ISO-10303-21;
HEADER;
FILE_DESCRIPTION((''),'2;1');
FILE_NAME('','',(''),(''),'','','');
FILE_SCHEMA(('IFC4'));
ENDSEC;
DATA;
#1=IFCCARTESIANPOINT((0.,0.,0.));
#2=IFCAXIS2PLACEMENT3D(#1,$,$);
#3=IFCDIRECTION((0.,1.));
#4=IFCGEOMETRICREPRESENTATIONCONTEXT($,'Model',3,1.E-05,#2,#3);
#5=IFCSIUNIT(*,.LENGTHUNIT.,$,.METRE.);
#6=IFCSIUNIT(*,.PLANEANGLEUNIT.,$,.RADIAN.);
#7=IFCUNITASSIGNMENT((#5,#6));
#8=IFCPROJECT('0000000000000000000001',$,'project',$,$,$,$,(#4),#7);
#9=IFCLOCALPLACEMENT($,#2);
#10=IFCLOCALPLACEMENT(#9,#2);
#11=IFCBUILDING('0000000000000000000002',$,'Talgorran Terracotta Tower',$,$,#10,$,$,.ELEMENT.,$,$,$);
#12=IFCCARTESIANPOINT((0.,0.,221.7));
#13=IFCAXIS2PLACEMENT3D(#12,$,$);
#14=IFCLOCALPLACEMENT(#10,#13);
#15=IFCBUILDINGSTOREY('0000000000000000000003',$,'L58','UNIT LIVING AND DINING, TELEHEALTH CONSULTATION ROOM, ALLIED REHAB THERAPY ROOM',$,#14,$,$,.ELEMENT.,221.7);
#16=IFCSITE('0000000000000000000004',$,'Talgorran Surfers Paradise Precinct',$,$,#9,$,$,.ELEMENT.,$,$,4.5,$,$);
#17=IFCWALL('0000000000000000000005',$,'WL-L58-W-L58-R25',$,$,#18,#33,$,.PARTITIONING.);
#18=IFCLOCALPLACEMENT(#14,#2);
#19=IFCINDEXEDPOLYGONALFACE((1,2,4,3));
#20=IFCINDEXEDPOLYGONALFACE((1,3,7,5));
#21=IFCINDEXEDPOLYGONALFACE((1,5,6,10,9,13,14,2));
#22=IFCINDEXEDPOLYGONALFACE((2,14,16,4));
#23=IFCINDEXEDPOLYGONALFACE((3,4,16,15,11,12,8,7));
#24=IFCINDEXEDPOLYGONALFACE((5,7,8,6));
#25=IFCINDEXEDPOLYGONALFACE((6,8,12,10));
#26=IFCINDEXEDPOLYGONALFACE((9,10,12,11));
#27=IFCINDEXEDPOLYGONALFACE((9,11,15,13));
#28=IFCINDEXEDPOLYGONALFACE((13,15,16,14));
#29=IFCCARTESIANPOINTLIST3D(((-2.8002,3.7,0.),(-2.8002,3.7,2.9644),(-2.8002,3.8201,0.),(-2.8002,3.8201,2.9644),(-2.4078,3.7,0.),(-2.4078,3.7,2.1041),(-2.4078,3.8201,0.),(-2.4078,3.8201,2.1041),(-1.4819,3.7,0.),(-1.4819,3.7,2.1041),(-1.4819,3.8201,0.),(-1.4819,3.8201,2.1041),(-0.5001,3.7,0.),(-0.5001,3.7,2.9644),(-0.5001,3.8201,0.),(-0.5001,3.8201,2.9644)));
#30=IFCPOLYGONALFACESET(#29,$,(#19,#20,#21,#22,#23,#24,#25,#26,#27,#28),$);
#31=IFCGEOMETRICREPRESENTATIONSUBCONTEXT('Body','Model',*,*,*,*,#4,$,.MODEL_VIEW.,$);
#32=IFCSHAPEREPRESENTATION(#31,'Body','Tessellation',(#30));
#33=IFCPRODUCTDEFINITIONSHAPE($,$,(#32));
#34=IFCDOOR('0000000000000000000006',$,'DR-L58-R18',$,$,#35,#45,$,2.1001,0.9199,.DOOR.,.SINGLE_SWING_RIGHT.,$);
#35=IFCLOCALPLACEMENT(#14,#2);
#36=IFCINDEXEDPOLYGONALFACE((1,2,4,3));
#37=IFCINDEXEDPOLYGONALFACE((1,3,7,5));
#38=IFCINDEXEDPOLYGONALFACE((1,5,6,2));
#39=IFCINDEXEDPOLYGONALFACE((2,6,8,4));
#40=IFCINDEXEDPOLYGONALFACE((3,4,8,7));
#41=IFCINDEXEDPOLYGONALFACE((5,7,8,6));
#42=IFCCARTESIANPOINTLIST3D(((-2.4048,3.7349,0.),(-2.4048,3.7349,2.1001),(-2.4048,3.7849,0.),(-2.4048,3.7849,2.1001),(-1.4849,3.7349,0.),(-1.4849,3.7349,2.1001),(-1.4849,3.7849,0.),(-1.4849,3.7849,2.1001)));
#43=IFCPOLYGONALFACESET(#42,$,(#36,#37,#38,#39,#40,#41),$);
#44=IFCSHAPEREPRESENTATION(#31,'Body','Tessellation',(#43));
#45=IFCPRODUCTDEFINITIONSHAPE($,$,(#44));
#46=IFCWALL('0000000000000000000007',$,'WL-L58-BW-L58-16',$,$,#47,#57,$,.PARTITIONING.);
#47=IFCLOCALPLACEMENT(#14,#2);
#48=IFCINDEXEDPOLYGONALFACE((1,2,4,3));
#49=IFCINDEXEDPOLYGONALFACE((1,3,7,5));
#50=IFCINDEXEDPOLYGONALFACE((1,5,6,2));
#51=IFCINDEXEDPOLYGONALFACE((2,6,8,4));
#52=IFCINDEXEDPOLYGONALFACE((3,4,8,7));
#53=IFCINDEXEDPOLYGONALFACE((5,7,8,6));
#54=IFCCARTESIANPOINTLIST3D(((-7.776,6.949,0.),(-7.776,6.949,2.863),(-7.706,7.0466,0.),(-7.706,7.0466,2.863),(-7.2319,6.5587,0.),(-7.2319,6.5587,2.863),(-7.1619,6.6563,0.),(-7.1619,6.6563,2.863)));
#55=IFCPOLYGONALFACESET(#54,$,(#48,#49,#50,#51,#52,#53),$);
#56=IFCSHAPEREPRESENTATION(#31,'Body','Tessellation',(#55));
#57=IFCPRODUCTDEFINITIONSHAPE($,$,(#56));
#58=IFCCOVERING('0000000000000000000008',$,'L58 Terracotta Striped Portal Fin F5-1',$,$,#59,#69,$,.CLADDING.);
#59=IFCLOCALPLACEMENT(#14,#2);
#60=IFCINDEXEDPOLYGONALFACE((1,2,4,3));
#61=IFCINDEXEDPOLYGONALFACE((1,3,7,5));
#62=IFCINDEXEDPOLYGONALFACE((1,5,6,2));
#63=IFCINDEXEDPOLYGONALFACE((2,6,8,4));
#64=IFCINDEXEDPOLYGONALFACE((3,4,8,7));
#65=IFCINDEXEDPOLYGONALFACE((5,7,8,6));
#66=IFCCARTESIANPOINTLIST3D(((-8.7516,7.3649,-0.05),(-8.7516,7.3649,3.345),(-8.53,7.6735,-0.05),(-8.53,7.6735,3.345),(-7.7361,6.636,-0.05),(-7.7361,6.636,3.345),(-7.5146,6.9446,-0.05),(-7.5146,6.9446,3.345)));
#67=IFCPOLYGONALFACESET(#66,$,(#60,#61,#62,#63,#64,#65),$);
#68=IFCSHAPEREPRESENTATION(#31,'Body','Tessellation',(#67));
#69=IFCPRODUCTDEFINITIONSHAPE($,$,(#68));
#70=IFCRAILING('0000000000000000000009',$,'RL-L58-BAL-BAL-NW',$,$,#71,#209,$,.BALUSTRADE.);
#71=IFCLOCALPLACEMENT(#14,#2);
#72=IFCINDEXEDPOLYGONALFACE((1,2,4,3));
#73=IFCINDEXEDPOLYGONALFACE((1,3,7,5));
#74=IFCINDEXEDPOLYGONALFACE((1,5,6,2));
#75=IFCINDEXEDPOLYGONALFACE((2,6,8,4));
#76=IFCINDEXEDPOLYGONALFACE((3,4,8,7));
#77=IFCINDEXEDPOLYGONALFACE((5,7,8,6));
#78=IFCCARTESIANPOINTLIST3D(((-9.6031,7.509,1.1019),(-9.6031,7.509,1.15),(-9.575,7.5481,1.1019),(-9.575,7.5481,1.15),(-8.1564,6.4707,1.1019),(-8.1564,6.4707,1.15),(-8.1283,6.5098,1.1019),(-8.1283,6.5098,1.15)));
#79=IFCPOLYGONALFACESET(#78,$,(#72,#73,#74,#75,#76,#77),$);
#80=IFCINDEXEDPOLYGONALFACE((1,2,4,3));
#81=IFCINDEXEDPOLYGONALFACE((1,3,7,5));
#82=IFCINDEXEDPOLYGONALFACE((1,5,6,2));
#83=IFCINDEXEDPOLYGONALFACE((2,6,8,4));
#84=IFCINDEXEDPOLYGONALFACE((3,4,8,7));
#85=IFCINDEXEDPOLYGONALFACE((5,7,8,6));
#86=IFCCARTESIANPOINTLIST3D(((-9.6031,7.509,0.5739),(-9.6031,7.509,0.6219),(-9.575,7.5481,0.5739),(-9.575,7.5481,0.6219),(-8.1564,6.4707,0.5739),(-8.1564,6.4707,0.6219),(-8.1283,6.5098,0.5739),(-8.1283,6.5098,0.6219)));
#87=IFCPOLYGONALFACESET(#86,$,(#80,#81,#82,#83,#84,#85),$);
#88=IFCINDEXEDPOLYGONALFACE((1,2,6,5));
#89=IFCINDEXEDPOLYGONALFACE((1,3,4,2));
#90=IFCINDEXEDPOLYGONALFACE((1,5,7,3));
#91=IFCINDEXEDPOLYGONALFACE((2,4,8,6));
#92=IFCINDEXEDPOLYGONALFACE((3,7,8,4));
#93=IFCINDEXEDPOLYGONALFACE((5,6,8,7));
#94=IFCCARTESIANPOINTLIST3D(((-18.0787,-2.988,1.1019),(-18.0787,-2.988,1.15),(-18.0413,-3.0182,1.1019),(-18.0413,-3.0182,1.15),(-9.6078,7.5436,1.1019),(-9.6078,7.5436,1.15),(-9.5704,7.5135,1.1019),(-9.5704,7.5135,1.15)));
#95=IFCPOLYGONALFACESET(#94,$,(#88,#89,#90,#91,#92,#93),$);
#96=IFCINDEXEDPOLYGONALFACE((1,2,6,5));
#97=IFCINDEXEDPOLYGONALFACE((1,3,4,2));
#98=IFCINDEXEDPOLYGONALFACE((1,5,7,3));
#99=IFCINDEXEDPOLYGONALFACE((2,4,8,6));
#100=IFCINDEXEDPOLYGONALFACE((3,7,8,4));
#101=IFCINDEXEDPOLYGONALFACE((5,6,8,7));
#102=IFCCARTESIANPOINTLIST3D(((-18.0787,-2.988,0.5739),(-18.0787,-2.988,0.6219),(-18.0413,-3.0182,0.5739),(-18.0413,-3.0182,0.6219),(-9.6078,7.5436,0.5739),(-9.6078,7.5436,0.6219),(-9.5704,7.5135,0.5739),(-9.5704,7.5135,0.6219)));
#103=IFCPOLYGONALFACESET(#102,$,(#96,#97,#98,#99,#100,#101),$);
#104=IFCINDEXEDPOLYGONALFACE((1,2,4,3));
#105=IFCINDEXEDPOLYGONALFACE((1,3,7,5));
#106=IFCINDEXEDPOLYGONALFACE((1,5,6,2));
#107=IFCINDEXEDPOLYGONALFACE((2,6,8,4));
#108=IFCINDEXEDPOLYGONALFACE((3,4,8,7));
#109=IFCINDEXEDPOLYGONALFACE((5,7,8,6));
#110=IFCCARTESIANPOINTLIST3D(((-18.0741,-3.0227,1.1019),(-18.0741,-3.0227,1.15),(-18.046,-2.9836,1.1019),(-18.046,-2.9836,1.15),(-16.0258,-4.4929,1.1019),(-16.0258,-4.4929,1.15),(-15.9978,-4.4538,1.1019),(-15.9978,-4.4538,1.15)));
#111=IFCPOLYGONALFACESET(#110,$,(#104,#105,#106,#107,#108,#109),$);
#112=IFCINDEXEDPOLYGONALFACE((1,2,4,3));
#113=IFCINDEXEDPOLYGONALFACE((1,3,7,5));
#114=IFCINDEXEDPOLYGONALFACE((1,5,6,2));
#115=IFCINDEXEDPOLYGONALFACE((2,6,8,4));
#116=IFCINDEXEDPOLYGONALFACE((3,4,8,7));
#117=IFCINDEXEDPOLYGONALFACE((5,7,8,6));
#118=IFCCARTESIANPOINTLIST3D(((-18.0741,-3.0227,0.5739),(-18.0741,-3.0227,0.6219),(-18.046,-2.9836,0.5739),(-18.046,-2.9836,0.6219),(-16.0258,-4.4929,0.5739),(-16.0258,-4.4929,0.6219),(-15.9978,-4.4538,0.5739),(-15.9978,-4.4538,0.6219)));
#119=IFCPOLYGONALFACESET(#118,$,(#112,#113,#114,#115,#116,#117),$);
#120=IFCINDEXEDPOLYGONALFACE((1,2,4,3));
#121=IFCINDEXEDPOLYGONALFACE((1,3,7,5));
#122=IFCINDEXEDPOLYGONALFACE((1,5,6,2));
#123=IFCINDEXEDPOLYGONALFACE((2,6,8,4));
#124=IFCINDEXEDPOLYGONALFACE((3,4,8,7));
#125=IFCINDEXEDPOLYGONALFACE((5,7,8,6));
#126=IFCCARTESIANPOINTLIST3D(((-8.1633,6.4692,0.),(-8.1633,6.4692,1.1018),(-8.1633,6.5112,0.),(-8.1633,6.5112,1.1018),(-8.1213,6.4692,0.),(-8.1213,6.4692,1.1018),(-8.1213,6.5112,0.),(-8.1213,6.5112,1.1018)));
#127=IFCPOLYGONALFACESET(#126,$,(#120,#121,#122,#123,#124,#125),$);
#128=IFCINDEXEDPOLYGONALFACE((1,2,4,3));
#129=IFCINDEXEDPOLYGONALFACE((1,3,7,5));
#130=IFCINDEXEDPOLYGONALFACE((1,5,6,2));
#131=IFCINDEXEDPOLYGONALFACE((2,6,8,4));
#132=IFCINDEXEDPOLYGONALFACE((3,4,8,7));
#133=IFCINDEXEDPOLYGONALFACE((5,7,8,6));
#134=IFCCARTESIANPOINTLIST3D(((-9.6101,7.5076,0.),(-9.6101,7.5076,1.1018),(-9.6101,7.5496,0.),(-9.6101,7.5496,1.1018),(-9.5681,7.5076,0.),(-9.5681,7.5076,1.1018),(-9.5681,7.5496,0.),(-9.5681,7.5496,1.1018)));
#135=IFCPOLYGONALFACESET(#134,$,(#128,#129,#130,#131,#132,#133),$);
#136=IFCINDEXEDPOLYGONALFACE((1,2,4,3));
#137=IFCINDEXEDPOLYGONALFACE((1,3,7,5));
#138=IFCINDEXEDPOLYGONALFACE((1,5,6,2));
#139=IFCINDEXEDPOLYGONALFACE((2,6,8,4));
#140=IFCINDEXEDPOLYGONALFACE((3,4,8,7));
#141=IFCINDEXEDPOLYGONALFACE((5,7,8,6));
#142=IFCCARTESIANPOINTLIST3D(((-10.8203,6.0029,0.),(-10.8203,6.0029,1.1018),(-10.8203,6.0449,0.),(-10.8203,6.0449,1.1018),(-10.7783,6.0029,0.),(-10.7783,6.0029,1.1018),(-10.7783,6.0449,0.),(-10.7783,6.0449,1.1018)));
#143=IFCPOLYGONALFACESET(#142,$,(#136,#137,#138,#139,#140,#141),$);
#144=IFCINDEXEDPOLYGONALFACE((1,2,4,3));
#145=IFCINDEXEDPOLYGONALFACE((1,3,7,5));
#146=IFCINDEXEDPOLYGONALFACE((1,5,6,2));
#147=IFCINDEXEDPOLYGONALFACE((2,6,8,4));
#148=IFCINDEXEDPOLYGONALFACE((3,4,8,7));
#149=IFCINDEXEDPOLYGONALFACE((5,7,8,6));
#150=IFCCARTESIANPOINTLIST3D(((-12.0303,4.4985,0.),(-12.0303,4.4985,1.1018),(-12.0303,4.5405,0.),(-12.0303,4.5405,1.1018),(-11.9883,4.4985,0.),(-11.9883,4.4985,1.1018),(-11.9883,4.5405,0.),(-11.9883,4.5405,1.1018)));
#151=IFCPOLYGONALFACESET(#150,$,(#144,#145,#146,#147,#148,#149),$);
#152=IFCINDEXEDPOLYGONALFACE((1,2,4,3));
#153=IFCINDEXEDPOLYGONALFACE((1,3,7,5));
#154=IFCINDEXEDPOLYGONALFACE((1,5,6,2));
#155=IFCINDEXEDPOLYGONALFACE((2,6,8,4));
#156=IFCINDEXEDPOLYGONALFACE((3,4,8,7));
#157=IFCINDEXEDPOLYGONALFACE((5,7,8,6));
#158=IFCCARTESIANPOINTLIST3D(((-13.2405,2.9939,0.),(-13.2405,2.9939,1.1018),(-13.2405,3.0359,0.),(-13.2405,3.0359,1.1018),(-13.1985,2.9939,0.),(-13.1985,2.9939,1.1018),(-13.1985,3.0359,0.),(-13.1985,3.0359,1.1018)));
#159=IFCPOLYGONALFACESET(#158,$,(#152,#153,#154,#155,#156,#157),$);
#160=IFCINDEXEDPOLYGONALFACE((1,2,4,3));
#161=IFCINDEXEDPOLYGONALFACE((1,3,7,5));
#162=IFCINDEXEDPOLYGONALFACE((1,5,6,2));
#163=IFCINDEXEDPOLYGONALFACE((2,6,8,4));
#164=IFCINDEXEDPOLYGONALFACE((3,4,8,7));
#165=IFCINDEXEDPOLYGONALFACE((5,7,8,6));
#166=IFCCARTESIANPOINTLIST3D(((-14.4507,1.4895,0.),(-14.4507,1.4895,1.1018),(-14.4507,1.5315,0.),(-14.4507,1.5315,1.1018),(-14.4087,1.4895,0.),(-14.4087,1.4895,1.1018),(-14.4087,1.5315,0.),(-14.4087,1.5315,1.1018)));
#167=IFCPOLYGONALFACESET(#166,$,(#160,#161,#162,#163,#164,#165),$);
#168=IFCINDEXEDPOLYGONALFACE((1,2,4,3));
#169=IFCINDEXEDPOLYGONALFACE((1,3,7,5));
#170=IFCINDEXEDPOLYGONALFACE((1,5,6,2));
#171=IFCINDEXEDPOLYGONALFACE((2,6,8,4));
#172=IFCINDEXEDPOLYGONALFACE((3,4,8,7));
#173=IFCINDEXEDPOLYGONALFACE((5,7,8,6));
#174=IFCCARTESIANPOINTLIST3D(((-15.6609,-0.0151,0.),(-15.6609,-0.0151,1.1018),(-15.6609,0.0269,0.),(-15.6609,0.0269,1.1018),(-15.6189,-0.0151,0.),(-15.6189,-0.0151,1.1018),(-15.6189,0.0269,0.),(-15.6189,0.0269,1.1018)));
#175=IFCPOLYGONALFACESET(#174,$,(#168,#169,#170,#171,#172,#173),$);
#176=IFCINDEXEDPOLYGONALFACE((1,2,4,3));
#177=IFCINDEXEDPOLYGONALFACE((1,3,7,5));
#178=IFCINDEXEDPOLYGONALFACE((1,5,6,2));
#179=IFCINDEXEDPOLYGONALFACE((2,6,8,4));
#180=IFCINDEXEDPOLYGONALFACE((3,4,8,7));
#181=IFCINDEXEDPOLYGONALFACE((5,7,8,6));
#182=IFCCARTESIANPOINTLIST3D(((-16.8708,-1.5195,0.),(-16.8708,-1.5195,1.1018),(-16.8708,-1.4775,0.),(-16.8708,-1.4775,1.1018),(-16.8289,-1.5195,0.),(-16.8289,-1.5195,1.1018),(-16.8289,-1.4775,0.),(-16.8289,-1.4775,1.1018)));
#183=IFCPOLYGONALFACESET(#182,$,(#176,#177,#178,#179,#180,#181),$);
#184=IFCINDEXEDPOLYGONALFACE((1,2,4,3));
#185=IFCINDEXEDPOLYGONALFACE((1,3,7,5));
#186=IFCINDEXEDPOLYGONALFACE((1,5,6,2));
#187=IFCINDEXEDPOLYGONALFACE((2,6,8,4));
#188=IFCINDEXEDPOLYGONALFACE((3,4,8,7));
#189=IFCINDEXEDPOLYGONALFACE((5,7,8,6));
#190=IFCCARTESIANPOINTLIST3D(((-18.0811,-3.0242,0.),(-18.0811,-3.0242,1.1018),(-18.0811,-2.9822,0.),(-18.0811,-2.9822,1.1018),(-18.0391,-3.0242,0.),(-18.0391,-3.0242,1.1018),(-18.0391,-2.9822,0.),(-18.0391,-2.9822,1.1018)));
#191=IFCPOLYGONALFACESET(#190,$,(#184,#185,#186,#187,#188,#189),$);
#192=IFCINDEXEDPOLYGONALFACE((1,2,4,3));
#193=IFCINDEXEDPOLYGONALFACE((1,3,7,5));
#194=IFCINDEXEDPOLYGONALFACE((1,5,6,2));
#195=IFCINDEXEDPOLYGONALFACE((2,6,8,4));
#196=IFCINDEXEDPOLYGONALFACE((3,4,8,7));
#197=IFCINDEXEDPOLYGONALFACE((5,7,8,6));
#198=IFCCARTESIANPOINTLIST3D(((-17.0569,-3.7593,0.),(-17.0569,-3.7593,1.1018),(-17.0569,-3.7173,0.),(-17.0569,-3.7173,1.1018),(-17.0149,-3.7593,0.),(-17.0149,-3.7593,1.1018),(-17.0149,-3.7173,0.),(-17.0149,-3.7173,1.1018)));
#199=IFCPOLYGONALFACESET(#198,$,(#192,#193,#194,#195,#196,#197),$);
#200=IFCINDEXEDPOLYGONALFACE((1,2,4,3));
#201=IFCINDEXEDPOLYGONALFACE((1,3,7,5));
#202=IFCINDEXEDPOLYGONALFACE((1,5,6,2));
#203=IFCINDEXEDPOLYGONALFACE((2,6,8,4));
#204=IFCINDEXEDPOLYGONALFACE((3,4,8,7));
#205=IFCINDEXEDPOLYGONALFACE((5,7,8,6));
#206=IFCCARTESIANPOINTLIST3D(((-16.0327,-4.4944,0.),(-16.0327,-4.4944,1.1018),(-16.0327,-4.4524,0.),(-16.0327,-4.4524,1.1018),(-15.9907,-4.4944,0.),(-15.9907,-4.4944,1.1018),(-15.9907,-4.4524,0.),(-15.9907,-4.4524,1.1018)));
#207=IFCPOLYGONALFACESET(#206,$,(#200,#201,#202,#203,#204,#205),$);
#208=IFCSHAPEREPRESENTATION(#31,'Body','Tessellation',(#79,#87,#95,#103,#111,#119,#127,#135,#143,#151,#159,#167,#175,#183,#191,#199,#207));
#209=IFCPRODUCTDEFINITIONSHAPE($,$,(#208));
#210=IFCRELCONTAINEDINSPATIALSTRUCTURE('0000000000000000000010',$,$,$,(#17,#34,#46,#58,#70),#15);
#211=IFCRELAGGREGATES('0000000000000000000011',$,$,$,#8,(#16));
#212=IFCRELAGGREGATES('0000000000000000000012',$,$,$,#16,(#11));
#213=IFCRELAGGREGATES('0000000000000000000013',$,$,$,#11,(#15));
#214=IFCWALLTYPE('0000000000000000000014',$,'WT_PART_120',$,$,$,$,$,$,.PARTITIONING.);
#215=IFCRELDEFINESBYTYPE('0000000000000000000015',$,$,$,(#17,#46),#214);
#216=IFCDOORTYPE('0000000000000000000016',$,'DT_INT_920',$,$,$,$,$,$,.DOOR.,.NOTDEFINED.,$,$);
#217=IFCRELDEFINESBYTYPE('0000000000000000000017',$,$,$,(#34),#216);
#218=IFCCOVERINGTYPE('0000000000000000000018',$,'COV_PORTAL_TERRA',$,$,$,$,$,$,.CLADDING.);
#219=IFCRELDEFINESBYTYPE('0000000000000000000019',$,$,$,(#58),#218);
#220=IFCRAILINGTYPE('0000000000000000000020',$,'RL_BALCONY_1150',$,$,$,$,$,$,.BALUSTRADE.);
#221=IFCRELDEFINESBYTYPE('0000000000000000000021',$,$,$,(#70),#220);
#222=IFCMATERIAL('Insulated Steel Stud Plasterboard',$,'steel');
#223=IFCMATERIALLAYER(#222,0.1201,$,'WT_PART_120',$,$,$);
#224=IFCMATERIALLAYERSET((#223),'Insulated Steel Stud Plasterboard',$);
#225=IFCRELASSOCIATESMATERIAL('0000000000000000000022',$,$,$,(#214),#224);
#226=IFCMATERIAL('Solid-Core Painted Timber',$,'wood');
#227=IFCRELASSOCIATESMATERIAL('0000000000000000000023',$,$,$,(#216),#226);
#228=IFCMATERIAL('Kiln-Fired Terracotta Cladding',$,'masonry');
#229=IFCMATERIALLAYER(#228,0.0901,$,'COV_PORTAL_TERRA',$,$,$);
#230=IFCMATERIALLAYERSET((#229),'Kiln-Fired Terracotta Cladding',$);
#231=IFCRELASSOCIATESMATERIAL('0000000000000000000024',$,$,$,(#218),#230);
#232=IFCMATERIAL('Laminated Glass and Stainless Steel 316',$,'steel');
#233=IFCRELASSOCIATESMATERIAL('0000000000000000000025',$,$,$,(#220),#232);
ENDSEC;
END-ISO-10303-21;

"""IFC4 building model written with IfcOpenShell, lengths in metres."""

from ifc_helpers import new_model, si_unit, direction, frame, frame_2d, origin, origin_2d, place, context, subcontext, project, spatial, rectangle, extrude, material, layer, layer_set, type_object, element, fill, save


model = new_model("IFC4")

# Units and contexts
model_context = context("Model", 3, precision=1e-05, world=origin(), true_north=direction((0.0, 1.0)))
body_context = subcontext(model_context, "Body", "Model", "MODEL_VIEW")
ifc_project = project(units=[si_unit("LENGTHUNIT", "METRE"), si_unit("PLANEANGLEUNIT", "RADIAN")], contexts=[model_context])

# Site, building, storey
site_placement = place(None, origin())
site = spatial("IfcSite", under=ifc_project, at=site_placement, Name="Talgorran Surfers Paradise Precinct", CompositionType="ELEMENT", RefElevation=4.5)
building_placement = place(site_placement, origin())
building = spatial("IfcBuilding", under=site, at=building_placement, Name="Talgorran Terracotta Tower", CompositionType="ELEMENT")
storey_placement = place(building_placement, frame((0.0, 0.0, 221.7)))
storey = spatial("IfcBuildingStorey", under=building, at=storey_placement, Name="L58", Description="UNIT LIVING AND DINING, TELEHEALTH CONSULTATION ROOM, ALLIED REHAB THERAPY ROOM", CompositionType="ELEMENT", Elevation=221.7)

# Shared definitions
ifc_material_1 = material(Name="Insulated Steel Stud Plasterboard", Category="steel")
ifc_layer_1 = layer(ifc_material_1, 0.1201, Name="WT_PART_120")
ifc_layer_set_1 = layer_set([ifc_layer_1], Name="Insulated Steel Stud Plasterboard")
wall_type_1 = type_object("IfcWallType", Name="WT_PART_120", PredefinedType="PARTITIONING", material=ifc_layer_set_1)
ifc_material_2 = material(Name="Solid-Core Painted Timber", Category="wood")
door_type = type_object("IfcDoorType", Name="DT_INT_920", OperationType="NOTDEFINED", PredefinedType="DOOR", material=ifc_material_2)

# Wall, opening, door
wall_1_placement = place(storey_placement, frame((-2.8, 3.76, 0.0), z_axis=(0.0, 0.0, 1.0), x_axis=(1.0, 0.0, 0.0)))
wall_1 = element("IfcWall", 1, at=wall_1_placement, inside=storey, type_object=wall_type_1, Name="WL-L58-W-L58-R25", PredefinedType="PARTITIONING", context=body_context, shape_type="SweptSolid", body=[
    extrude(rectangle(XDim=2.3, YDim=0.1201, at=frame_2d((1.1499, 0.0))), origin(), (0.0, 0.0, 1.0), 2.9644),
])
opening_1_placement = place(wall_1_placement, frame((0.3953, 0.0, 0.0)))
opening_1 = element("IfcOpeningElement", 2, at=opening_1_placement, cuts=wall_1, PredefinedType="OPENING", context=body_context, shape_type="SweptSolid", body=[
    extrude(rectangle(XDim=0.9259, YDim=2.1041, at=frame_2d((0.46, 1.052))), frame((0.0, 0.0701, 0.0), z_axis=(0.0, -1.0, 0.0), x_axis=(1.0, 0.0, 0.0)), (0.0, 0.0, 1.0), 0.1401),
])
door_1_placement = place(opening_1_placement, origin())
door_1 = element("IfcDoor", 3, at=door_1_placement, inside=storey, type_object=door_type, Name="DR-L58-R18", OperationType="SINGLE_SWING_RIGHT", OverallHeight=2.1001, OverallWidth=0.9199, PredefinedType="DOOR", context=body_context, shape_type="SweptSolid", body=[
    extrude(rectangle(XDim=0.9199, YDim=2.1001, at=frame_2d((0.46, 1.05))), frame((0.0, 0.0249, 0.0), z_axis=(0.0, -1.0, 0.0), x_axis=(1.0, 0.0, 0.0)), (0.0, 0.0, 1.0), 0.05),
])
fill(opening_1, door_1)

# Wall
wall_2_placement = place(storey_placement, frame((-7.1968, 6.6074, 0.0), z_axis=(0.0, 0.0, 1.0), x_axis=(-0.81255, 0.582892, 0.0)))
element("IfcWall", 4, at=wall_2_placement, inside=storey, type_object=wall_type_1, Name="WL-L58-BW-L58-16", PredefinedType="PARTITIONING", context=body_context, shape_type="SweptSolid", body=[
    extrude(rectangle(XDim=0.6697, YDim=0.1201, at=frame_2d((0.335, 0.0))), origin(), (0.0, 0.0, 1.0), 2.863),
])

# Covering
ifc_material_3 = material(Name="Kiln-Fired Terracotta Cladding", Category="masonry")
ifc_layer_2 = layer(ifc_material_3, 0.0901, Name="COV_PORTAL_TERRA")
ifc_layer_set_2 = layer_set([ifc_layer_2], Name="Kiln-Fired Terracotta Cladding")
covering_type = type_object("IfcCoveringType", Name="COV_PORTAL_TERRA", PredefinedType="CLADDING", material=ifc_layer_set_2)
covering_placement = place(storey_placement, frame((-8.1331, 7.1548, -0.05), z_axis=(0.0, 0.0, 1.0), x_axis=(-0.583116, -0.812389, 0.0)))
element("IfcCovering", 5, at=covering_placement, inside=storey, type_object=covering_type, Name="L58 Terracotta Striped Portal Fin F5-1", PredefinedType="CLADDING", context=body_context, shape_type="SweptSolid", body=[
    extrude(rectangle(XDim=0.3799, YDim=1.25, at=origin_2d()), origin(), (0.0, 0.0, 1.0), 3.395),
])

# Railing
ifc_material_4 = material(Name="Laminated Glass and Stainless Steel 316", Category="steel")
railing_type = type_object("IfcRailingType", Name="RL_BALCONY_1150", PredefinedType="BALUSTRADE", material=ifc_material_4)
railing_placement = place(storey_placement, frame((-8.1423, 6.4902, 0.0)))
element("IfcRailing", 6, at=railing_placement, inside=storey, type_object=railing_type, Name="RL-L58-BAL-BAL-NW", PredefinedType="BALUSTRADE", context=body_context, shape_type="SweptSolid", body=[
    extrude(rectangle(XDim=0.0481, YDim=0.0481, at=origin_2d()), frame((0.0, 0.0, 1.126), z_axis=(-0.812425, 0.583065, 0.0), x_axis=(-0.583065, -0.812425, 0.0)), (0.0, 0.0, 1.0), 1.7808),
    extrude(rectangle(XDim=0.0481, YDim=0.0481, at=origin_2d()), frame((0.0, 0.0, 0.5979), z_axis=(-0.812425, 0.583065, 0.0), x_axis=(-0.583065, -0.812425, 0.0)), (0.0, 0.0, 1.0), 1.7808),
    extrude(rectangle(XDim=0.0481, YDim=0.0481, at=origin_2d()), frame((-1.4468, 1.0383, 1.126), z_axis=(-0.626748, -0.779222, 0.0), x_axis=(0.779222, -0.626748, 0.0)), (0.0, 0.0, 1.0), 13.5156),
    extrude(rectangle(XDim=0.0481, YDim=0.0481, at=origin_2d()), frame((-1.4468, 1.0383, 0.5979), z_axis=(-0.626748, -0.779222, 0.0), x_axis=(0.779222, -0.626748, 0.0)), (0.0, 0.0, 1.0), 13.5156),
    extrude(rectangle(XDim=0.0481, YDim=0.0481, at=origin_2d()), frame((-9.9177, -9.4934, 1.126), z_axis=(0.812397, -0.583105, 0.0), x_axis=(0.583105, 0.812397, 0.0)), (0.0, 0.0, 1.0), 2.5212),
    extrude(rectangle(XDim=0.0481, YDim=0.0481, at=origin_2d()), frame((-9.9177, -9.4934, 0.5979), z_axis=(0.812397, -0.583105, 0.0), x_axis=(0.583105, 0.812397, 0.0)), (0.0, 0.0, 1.0), 2.5212),
    extrude(rectangle(XDim=0.042, YDim=0.042, at=origin_2d()), origin(), (0.0, 0.0, 1.0), 1.1018),
    extrude(rectangle(XDim=0.042, YDim=0.042, at=origin_2d()), frame((-1.4468, 1.0383, 0.0)), (0.0, 0.0, 1.0), 1.1018),
    extrude(rectangle(XDim=0.042, YDim=0.042, at=origin_2d()), frame((-2.657, -0.4663, 0.0)), (0.0, 0.0, 1.0), 1.1018),
    extrude(rectangle(XDim=0.042, YDim=0.042, at=origin_2d()), frame((-3.8669, -1.9707, 0.0)), (0.0, 0.0, 1.0), 1.1018),
    extrude(rectangle(XDim=0.042, YDim=0.042, at=origin_2d()), frame((-5.0771, -3.4753, 0.0)), (0.0, 0.0, 1.0), 1.1018),
    extrude(rectangle(XDim=0.042, YDim=0.042, at=origin_2d()), frame((-6.2874, -4.9797, 0.0)), (0.0, 0.0, 1.0), 1.1018),
    extrude(rectangle(XDim=0.042, YDim=0.042, at=origin_2d()), frame((-7.4976, -6.4844, 0.0)), (0.0, 0.0, 1.0), 1.1018),
    extrude(rectangle(XDim=0.042, YDim=0.042, at=origin_2d()), frame((-8.7075, -7.9888, 0.0)), (0.0, 0.0, 1.0), 1.1018),
    extrude(rectangle(XDim=0.042, YDim=0.042, at=origin_2d()), frame((-9.9177, -9.4934, 0.0)), (0.0, 0.0, 1.0), 1.1018),
    extrude(rectangle(XDim=0.042, YDim=0.042, at=origin_2d()), frame((-8.8936, -10.2285, 0.0)), (0.0, 0.0, 1.0), 1.1018),
    extrude(rectangle(XDim=0.042, YDim=0.042, at=origin_2d()), frame((-7.8694, -10.9636, 0.0)), (0.0, 0.0, 1.0), 1.1018),
])

save(model, "model.ifc")
